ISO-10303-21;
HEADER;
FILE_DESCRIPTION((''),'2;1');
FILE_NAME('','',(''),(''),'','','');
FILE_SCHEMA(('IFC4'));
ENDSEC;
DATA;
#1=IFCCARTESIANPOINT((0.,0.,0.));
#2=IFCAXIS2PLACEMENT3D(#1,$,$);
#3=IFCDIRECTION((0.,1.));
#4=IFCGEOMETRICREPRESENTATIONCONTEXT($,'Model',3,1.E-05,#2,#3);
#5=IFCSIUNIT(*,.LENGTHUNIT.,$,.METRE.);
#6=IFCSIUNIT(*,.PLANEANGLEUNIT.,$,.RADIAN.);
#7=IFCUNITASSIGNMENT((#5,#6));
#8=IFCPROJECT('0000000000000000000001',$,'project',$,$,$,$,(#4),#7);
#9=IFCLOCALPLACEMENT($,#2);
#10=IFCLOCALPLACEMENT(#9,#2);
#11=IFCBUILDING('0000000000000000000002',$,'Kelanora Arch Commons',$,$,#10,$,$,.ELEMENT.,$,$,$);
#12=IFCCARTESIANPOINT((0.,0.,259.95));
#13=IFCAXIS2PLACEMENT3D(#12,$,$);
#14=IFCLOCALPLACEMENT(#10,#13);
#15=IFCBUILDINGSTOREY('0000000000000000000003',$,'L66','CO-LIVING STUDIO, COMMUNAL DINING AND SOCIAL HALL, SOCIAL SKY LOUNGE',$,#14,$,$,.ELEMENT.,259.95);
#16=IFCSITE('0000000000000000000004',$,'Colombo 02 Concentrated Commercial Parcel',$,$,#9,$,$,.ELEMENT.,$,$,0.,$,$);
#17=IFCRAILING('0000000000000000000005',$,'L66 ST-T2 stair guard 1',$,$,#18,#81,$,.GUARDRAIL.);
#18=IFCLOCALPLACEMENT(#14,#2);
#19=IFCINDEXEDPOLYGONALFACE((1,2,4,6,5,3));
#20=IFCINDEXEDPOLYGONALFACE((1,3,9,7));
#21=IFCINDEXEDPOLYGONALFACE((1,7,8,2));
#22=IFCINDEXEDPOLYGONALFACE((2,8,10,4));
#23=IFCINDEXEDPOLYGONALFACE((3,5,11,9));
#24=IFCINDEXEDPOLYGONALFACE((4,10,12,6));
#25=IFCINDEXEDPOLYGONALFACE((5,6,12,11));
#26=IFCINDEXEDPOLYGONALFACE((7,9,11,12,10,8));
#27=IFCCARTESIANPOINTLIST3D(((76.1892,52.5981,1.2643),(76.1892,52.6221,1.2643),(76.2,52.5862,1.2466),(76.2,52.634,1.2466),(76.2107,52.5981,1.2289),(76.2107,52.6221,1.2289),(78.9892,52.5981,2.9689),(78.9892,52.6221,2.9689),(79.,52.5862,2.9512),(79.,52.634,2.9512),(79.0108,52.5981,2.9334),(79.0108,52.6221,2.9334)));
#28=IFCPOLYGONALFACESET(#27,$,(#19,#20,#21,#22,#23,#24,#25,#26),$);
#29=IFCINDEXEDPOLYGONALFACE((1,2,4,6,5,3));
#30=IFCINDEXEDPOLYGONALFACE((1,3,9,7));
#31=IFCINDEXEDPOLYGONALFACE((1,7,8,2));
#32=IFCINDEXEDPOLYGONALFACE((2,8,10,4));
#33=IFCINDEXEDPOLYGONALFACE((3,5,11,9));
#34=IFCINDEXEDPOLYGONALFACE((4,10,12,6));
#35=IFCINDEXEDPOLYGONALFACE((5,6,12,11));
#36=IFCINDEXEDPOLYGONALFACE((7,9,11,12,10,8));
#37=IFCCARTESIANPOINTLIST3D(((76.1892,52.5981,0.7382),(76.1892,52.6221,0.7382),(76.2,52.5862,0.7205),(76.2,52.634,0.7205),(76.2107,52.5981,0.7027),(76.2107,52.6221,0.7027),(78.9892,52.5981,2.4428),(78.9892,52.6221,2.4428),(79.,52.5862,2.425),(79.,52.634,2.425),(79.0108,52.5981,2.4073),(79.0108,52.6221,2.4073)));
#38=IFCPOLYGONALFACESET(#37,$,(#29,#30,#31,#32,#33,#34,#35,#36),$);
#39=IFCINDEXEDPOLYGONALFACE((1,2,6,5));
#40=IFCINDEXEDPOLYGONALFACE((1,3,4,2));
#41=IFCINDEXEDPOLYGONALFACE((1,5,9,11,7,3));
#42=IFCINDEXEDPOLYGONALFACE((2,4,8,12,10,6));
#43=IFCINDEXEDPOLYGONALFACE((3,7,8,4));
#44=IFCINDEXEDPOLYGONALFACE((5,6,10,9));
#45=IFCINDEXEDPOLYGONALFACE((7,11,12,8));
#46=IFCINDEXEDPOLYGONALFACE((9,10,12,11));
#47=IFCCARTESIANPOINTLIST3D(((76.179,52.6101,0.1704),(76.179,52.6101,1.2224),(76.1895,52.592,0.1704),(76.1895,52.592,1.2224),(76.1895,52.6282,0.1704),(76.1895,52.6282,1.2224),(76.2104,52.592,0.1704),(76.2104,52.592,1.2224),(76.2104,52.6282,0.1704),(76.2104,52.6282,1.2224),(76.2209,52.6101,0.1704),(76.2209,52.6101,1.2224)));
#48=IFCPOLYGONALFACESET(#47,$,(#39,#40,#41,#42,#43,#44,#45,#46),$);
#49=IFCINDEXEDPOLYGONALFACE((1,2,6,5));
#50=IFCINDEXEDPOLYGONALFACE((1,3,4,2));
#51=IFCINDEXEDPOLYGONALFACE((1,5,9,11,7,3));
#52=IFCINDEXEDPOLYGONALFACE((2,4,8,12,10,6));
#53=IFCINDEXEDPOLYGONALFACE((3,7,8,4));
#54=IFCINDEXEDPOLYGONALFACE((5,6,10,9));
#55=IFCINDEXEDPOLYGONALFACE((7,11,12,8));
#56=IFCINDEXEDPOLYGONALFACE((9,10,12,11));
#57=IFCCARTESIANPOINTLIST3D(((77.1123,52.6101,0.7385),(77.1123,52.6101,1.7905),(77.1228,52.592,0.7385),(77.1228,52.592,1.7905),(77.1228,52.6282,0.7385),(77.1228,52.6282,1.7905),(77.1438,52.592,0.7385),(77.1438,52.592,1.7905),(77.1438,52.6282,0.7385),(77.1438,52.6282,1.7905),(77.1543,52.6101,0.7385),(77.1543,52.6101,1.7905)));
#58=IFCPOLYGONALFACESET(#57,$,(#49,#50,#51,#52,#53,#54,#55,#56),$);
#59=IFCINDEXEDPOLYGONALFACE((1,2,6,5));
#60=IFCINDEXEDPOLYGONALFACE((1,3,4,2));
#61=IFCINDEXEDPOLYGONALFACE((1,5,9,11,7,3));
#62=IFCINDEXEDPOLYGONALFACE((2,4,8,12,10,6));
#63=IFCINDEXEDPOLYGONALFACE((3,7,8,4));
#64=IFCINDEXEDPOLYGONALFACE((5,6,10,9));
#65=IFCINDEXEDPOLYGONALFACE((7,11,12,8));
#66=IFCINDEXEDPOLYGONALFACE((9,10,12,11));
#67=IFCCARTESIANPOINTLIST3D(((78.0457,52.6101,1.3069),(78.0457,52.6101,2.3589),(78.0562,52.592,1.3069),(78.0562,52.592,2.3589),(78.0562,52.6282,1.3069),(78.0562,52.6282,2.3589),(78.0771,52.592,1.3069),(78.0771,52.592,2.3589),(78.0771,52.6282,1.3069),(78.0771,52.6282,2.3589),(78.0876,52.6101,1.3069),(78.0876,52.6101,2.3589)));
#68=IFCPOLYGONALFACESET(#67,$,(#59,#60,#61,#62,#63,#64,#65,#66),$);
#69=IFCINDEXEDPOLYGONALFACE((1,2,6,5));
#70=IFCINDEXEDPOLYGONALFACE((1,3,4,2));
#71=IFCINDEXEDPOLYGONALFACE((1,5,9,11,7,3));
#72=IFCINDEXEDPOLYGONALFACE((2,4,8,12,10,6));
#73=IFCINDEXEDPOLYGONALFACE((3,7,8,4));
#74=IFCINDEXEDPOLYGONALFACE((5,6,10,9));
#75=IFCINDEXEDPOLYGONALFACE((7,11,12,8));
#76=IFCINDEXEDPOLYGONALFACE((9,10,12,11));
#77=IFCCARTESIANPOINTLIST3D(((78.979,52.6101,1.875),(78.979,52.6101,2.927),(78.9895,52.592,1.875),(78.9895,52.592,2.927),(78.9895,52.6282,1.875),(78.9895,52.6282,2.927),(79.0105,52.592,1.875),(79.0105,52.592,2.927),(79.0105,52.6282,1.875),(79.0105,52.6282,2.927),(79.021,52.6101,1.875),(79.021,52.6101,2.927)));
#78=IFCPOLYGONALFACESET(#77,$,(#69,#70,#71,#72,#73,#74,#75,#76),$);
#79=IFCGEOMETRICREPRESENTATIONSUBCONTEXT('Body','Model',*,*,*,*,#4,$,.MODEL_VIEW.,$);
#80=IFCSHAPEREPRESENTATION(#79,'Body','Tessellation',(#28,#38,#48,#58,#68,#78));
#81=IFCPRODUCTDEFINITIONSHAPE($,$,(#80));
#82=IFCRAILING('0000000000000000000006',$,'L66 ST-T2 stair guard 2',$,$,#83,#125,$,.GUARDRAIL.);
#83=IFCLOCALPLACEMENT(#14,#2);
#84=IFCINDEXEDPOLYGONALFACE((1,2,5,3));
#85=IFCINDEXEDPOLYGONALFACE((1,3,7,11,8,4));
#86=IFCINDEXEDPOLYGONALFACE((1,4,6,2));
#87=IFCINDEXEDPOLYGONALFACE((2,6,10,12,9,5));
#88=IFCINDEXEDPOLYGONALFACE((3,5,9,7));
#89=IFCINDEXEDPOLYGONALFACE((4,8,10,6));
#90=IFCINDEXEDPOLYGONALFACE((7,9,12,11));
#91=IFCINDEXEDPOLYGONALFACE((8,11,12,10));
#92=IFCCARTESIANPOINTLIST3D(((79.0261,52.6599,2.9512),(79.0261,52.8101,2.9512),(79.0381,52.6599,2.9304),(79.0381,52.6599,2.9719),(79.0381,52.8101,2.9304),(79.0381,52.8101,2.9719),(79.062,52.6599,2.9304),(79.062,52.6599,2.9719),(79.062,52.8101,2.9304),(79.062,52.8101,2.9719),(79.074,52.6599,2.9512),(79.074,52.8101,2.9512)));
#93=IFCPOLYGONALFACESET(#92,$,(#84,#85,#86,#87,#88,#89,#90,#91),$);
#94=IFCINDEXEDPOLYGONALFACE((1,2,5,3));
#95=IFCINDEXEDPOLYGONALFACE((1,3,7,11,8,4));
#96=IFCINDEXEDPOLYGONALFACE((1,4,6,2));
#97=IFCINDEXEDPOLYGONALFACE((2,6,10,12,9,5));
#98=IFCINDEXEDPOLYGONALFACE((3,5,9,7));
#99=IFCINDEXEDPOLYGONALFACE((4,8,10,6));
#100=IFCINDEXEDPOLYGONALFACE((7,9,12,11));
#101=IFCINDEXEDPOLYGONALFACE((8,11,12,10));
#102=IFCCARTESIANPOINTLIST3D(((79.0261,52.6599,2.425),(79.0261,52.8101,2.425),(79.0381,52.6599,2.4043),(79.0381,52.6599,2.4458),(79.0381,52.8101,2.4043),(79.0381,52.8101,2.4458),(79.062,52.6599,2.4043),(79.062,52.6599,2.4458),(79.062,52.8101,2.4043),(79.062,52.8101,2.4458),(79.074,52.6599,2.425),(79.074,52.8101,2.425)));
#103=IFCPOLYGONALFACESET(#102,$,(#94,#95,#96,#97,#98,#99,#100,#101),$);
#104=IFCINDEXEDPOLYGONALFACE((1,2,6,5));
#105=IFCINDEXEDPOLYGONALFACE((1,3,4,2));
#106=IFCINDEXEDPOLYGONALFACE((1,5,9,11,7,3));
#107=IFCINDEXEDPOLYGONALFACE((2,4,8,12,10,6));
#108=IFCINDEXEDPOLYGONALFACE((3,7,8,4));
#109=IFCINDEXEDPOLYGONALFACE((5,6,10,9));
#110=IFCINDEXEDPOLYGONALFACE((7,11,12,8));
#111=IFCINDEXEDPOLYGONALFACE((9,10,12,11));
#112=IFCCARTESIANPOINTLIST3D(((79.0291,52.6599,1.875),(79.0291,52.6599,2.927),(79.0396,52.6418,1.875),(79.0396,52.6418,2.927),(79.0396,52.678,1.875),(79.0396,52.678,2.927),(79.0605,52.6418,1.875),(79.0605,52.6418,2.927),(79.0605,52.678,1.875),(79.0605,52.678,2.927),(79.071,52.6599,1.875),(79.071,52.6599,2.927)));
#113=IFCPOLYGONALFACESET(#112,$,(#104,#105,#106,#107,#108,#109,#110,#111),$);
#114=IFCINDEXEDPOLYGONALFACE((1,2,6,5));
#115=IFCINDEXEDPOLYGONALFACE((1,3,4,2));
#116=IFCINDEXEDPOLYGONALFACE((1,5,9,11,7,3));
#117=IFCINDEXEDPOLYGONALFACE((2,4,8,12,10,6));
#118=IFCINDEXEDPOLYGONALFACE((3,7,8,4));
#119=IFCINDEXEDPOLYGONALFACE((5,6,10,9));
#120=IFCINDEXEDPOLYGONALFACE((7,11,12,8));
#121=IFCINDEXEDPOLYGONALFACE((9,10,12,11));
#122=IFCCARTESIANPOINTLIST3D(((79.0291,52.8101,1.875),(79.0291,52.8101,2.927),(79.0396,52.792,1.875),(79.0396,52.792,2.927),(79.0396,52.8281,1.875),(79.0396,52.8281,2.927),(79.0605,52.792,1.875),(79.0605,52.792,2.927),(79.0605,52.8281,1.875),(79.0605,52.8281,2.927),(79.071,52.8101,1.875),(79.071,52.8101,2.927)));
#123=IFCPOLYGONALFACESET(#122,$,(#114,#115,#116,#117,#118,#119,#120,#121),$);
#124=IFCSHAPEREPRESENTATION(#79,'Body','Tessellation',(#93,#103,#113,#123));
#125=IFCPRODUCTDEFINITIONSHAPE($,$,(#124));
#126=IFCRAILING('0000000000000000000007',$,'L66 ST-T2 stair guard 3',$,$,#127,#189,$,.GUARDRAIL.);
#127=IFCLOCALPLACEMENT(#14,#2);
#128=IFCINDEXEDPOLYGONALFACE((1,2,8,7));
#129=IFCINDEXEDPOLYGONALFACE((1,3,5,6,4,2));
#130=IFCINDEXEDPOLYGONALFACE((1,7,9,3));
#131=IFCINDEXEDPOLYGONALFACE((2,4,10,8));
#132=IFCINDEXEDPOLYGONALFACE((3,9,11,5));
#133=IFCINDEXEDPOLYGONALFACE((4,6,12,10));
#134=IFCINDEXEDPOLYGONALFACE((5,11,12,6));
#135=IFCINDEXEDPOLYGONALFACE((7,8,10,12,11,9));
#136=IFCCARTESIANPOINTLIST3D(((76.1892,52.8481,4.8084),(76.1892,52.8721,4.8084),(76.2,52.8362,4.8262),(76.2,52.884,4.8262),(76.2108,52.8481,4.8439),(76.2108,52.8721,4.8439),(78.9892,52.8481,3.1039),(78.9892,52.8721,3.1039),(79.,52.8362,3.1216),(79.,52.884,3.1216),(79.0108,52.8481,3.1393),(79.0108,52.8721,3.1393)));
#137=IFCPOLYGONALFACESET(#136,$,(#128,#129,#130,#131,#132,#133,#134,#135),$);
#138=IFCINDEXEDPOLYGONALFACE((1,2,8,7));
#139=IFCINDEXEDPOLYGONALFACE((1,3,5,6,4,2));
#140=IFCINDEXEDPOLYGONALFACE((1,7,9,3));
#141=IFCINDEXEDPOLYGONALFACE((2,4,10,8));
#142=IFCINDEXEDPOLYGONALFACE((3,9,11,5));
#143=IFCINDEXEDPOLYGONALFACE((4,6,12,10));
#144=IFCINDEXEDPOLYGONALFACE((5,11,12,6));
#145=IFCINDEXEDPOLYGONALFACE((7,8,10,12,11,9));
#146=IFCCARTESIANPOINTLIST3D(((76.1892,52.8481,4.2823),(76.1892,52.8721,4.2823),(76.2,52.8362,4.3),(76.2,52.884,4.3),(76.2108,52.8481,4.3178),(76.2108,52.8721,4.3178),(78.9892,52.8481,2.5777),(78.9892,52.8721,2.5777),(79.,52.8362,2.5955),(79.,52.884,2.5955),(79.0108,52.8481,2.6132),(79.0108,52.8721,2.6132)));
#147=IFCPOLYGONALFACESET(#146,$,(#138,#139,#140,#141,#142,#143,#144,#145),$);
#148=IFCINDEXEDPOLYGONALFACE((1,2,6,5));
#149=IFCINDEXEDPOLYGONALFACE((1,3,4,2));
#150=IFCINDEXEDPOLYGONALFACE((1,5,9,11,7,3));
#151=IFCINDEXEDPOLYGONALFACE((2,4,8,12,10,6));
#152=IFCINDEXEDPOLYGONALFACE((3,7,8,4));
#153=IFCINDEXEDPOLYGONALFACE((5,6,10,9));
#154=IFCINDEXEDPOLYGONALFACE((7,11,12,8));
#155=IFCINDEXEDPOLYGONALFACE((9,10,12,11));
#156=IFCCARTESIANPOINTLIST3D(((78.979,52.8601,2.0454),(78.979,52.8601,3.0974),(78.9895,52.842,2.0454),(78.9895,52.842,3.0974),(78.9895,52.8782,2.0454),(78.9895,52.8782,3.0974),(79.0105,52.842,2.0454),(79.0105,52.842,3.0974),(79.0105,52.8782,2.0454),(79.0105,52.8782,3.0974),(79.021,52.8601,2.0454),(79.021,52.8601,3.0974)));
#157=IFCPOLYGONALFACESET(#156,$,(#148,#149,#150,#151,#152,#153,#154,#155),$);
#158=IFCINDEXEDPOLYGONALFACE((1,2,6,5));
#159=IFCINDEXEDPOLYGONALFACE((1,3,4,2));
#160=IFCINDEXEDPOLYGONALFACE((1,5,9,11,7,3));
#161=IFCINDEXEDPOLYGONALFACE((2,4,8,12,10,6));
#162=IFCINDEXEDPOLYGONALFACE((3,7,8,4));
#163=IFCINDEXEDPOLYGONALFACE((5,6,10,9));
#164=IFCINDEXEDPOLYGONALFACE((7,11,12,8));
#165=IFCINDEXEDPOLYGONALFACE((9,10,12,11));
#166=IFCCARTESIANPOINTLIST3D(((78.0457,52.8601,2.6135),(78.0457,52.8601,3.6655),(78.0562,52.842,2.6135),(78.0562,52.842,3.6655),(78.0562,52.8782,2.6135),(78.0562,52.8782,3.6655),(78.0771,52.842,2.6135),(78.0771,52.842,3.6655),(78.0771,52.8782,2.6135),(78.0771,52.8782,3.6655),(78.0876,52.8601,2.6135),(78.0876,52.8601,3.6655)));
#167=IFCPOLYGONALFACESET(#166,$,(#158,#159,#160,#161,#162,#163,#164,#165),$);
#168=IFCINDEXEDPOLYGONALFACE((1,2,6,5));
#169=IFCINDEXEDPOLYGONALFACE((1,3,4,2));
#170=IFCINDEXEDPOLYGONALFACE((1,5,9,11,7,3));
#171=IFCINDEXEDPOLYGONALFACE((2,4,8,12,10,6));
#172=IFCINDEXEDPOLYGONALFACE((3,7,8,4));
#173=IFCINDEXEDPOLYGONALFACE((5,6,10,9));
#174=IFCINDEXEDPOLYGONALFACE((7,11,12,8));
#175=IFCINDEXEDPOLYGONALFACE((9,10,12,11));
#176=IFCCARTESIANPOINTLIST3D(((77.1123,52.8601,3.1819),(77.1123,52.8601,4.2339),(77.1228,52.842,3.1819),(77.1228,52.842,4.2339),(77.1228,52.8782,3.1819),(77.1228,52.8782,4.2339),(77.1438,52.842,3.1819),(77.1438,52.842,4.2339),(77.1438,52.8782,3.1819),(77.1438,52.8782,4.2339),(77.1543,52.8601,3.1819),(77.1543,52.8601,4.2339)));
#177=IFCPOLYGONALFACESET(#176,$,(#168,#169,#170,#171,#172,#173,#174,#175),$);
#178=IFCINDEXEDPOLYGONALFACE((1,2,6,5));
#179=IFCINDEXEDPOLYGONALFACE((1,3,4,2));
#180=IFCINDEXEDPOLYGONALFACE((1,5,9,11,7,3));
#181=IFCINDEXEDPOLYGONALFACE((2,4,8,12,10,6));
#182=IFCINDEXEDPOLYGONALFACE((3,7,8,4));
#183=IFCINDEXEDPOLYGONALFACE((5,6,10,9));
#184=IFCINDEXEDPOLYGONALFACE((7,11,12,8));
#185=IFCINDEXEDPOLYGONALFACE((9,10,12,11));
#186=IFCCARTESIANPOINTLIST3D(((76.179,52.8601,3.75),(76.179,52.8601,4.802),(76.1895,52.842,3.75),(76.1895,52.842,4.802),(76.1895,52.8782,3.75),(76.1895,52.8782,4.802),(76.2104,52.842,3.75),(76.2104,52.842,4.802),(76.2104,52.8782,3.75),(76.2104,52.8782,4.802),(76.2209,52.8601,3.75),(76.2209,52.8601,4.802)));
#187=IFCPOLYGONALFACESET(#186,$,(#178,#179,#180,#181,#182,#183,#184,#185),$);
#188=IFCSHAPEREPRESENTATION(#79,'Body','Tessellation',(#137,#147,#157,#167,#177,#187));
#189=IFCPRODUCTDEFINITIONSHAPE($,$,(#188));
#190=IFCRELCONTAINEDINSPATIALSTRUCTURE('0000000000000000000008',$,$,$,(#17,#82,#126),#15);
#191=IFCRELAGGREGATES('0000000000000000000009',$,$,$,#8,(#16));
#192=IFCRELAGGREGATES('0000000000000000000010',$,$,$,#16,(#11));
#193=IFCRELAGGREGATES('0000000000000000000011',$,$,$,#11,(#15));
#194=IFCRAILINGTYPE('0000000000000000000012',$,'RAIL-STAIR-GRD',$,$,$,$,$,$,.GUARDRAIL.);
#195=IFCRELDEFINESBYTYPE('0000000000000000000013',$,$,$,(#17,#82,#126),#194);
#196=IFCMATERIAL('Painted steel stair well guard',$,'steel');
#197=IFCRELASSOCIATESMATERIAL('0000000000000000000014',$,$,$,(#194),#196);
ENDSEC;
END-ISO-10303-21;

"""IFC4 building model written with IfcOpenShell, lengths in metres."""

from ifc_helpers import new_model, si_unit, direction, frame, origin, place, context, subcontext, project, spatial, polyline, outline, extrude, material, type_object, element, save


model = new_model("IFC4")

# Units and contexts
model_context = context("Model", 3, precision=1e-05, world=origin(), true_north=direction((0.0, 1.0)))
body_context = subcontext(model_context, "Body", "Model", "MODEL_VIEW")
ifc_project = project(units=[si_unit("LENGTHUNIT", "METRE"), si_unit("PLANEANGLEUNIT", "RADIAN")], contexts=[model_context])

# Site, building, storey
site_placement = place(None, origin())
site = spatial("IfcSite", under=ifc_project, at=site_placement, Name="Colombo 02 Concentrated Commercial Parcel", CompositionType="ELEMENT", RefElevation=0.0)
building_placement = place(site_placement, origin())
building = spatial("IfcBuilding", under=site, at=building_placement, Name="Kelanora Arch Commons", CompositionType="ELEMENT")
storey_placement = place(building_placement, frame((0.0, 0.0, 259.95)))
storey = spatial("IfcBuildingStorey", under=building, at=storey_placement, Name="L66", Description="CO-LIVING STUDIO, COMMUNAL DINING AND SOCIAL HALL, SOCIAL SKY LOUNGE", CompositionType="ELEMENT", Elevation=259.95)

# Railings
ifc_material_1 = material(Name="Painted steel stair well guard", Category="steel")
railing_type_1 = type_object("IfcRailingType", Name="RAIL-STAIR-GRD", PredefinedType="GUARDRAIL", material=ifc_material_1)
railing_1_placement = place(storey_placement, frame((76.2, 52.6101, 0.1704)))
element("IfcRailing", 1, at=railing_1_placement, inside=storey, type_object=railing_type_1, Name="L66 ST-T2 stair guard 1", PredefinedType="GUARDRAIL", context=body_context, shape_type="SweptSolid", body=[
    extrude(outline(polyline([(0.0239, 0.0), (0.012, 0.0208), (-0.012, 0.0208), (-0.0239, 0.0), (-0.012, -0.0208), (0.012, -0.0208), (0.0239, 0.0)])), frame((0.0, 0.0, 1.0762), z_axis=(0.85417, 0.0, 0.519994), x_axis=(0.0, 1.0, 0.0)), (0.0, 0.0, 1.0), 3.2781),
    extrude(outline(polyline([(0.0239, 0.0), (0.012, 0.0208), (-0.012, 0.0208), (-0.0239, 0.0), (-0.012, -0.0208), (0.012, -0.0208), (0.0239, 0.0)])), frame((0.0, 0.0, 0.55), z_axis=(0.85417, 0.0, 0.519994), x_axis=(0.0, 1.0, 0.0)), (0.0, 0.0, 1.0), 3.2781),
    extrude(outline(polyline([(0.021, 0.0), (0.0105, 0.0181), (-0.0105, 0.0181), (-0.021, 0.0), (-0.0105, -0.0181), (0.0105, -0.0181), (0.021, 0.0)])), origin(), (0.0, 0.0, 1.0), 1.052),
    extrude(outline(polyline([(0.021, 0.0), (0.0105, 0.0181), (-0.0105, 0.0181), (-0.021, 0.0), (-0.0105, -0.0181), (0.0105, -0.0181), (0.021, 0.0)])), frame((0.9333, 0.0, 0.5681)), (0.0, 0.0, 1.0), 1.052),
    extrude(outline(polyline([(0.021, 0.0), (0.0105, 0.0181), (-0.0105, 0.0181), (-0.021, 0.0), (-0.0105, -0.0181), (0.0105, -0.0181), (0.021, 0.0)])), frame((1.8667, 0.0, 1.1365)), (0.0, 0.0, 1.0), 1.052),
    extrude(outline(polyline([(0.021, 0.0), (0.0105, 0.0181), (-0.0105, 0.0181), (-0.021, 0.0), (-0.0105, -0.0181), (0.0105, -0.0181), (0.021, 0.0)])), frame((2.8, 0.0, 1.7046)), (0.0, 0.0, 1.0), 1.052),
])
railing_2_placement = place(storey_placement, frame((79.05, 52.6599, 1.875)))
element("IfcRailing", 2, at=railing_2_placement, inside=storey, type_object=railing_type_1, Name="L66 ST-T2 stair guard 2", PredefinedType="GUARDRAIL", context=body_context, shape_type="SweptSolid", body=[
    extrude(outline(polyline([(0.0239, 0.0), (0.012, 0.0208), (-0.012, 0.0208), (-0.0239, 0.0), (-0.012, -0.0208), (0.012, -0.0208), (0.0239, 0.0)])), frame((0.0, 0.0, 1.0762), z_axis=(0.0, 1.0, 0.0), x_axis=(-1.0, 0.0, 0.0)), (0.0, 0.0, 1.0), 0.1501),
    extrude(outline(polyline([(0.0239, 0.0), (0.012, 0.0208), (-0.012, 0.0208), (-0.0239, 0.0), (-0.012, -0.0208), (0.012, -0.0208), (0.0239, 0.0)])), frame((0.0, 0.0, 0.55), z_axis=(0.0, 1.0, 0.0), x_axis=(-1.0, 0.0, 0.0)), (0.0, 0.0, 1.0), 0.1501),
    extrude(outline(polyline([(0.021, 0.0), (0.0105, 0.0181), (-0.0105, 0.0181), (-0.021, 0.0), (-0.0105, -0.0181), (0.0105, -0.0181), (0.021, 0.0)])), origin(), (0.0, 0.0, 1.0), 1.052),
    extrude(outline(polyline([(0.021, 0.0), (0.0105, 0.0181), (-0.0105, 0.0181), (-0.021, 0.0), (-0.0105, -0.0181), (0.0105, -0.0181), (0.021, 0.0)])), frame((0.0, 0.1501, 0.0)), (0.0, 0.0, 1.0), 1.052),
])
railing_3_placement = place(storey_placement, frame((79.0, 52.8601, 2.0454)))
element("IfcRailing", 3, at=railing_3_placement, inside=storey, type_object=railing_type_1, Name="L66 ST-T2 stair guard 3", PredefinedType="GUARDRAIL", context=body_context, shape_type="SweptSolid", body=[
    extrude(outline(polyline([(0.0239, 0.0), (0.012, 0.0208), (-0.012, 0.0208), (-0.0239, 0.0), (-0.012, -0.0208), (0.012, -0.0208), (0.0239, 0.0)])), frame((0.0, 0.0, 1.0762), z_axis=(-0.85417, 0.0, 0.519994), x_axis=(0.0, -1.0, 0.0)), (0.0, 0.0, 1.0), 3.2781),
    extrude(outline(polyline([(0.0239, 0.0), (0.012, 0.0208), (-0.012, 0.0208), (-0.0239, 0.0), (-0.012, -0.0208), (0.012, -0.0208), (0.0239, 0.0)])), frame((0.0, 0.0, 0.55), z_axis=(-0.85417, 0.0, 0.519994), x_axis=(0.0, -1.0, 0.0)), (0.0, 0.0, 1.0), 3.2781),
    extrude(outline(polyline([(0.021, 0.0), (0.0105, 0.0181), (-0.0105, 0.0181), (-0.021, 0.0), (-0.0105, -0.0181), (0.0105, -0.0181), (0.021, 0.0)])), origin(), (0.0, 0.0, 1.0), 1.052),
    extrude(outline(polyline([(0.021, 0.0), (0.0105, 0.0181), (-0.0105, 0.0181), (-0.021, 0.0), (-0.0105, -0.0181), (0.0105, -0.0181), (0.021, 0.0)])), frame((-0.9333, 0.0, 0.5681)), (0.0, 0.0, 1.0), 1.052),
    extrude(outline(polyline([(0.021, 0.0), (0.0105, 0.0181), (-0.0105, 0.0181), (-0.021, 0.0), (-0.0105, -0.0181), (0.0105, -0.0181), (0.021, 0.0)])), frame((-1.8667, 0.0, 1.1365)), (0.0, 0.0, 1.0), 1.052),
    extrude(outline(polyline([(0.021, 0.0), (0.0105, 0.0181), (-0.0105, 0.0181), (-0.021, 0.0), (-0.0105, -0.0181), (0.0105, -0.0181), (0.021, 0.0)])), frame((-2.8, 0.0, 1.7046)), (0.0, 0.0, 1.0), 1.052),
])

save(model, "model.ifc")
